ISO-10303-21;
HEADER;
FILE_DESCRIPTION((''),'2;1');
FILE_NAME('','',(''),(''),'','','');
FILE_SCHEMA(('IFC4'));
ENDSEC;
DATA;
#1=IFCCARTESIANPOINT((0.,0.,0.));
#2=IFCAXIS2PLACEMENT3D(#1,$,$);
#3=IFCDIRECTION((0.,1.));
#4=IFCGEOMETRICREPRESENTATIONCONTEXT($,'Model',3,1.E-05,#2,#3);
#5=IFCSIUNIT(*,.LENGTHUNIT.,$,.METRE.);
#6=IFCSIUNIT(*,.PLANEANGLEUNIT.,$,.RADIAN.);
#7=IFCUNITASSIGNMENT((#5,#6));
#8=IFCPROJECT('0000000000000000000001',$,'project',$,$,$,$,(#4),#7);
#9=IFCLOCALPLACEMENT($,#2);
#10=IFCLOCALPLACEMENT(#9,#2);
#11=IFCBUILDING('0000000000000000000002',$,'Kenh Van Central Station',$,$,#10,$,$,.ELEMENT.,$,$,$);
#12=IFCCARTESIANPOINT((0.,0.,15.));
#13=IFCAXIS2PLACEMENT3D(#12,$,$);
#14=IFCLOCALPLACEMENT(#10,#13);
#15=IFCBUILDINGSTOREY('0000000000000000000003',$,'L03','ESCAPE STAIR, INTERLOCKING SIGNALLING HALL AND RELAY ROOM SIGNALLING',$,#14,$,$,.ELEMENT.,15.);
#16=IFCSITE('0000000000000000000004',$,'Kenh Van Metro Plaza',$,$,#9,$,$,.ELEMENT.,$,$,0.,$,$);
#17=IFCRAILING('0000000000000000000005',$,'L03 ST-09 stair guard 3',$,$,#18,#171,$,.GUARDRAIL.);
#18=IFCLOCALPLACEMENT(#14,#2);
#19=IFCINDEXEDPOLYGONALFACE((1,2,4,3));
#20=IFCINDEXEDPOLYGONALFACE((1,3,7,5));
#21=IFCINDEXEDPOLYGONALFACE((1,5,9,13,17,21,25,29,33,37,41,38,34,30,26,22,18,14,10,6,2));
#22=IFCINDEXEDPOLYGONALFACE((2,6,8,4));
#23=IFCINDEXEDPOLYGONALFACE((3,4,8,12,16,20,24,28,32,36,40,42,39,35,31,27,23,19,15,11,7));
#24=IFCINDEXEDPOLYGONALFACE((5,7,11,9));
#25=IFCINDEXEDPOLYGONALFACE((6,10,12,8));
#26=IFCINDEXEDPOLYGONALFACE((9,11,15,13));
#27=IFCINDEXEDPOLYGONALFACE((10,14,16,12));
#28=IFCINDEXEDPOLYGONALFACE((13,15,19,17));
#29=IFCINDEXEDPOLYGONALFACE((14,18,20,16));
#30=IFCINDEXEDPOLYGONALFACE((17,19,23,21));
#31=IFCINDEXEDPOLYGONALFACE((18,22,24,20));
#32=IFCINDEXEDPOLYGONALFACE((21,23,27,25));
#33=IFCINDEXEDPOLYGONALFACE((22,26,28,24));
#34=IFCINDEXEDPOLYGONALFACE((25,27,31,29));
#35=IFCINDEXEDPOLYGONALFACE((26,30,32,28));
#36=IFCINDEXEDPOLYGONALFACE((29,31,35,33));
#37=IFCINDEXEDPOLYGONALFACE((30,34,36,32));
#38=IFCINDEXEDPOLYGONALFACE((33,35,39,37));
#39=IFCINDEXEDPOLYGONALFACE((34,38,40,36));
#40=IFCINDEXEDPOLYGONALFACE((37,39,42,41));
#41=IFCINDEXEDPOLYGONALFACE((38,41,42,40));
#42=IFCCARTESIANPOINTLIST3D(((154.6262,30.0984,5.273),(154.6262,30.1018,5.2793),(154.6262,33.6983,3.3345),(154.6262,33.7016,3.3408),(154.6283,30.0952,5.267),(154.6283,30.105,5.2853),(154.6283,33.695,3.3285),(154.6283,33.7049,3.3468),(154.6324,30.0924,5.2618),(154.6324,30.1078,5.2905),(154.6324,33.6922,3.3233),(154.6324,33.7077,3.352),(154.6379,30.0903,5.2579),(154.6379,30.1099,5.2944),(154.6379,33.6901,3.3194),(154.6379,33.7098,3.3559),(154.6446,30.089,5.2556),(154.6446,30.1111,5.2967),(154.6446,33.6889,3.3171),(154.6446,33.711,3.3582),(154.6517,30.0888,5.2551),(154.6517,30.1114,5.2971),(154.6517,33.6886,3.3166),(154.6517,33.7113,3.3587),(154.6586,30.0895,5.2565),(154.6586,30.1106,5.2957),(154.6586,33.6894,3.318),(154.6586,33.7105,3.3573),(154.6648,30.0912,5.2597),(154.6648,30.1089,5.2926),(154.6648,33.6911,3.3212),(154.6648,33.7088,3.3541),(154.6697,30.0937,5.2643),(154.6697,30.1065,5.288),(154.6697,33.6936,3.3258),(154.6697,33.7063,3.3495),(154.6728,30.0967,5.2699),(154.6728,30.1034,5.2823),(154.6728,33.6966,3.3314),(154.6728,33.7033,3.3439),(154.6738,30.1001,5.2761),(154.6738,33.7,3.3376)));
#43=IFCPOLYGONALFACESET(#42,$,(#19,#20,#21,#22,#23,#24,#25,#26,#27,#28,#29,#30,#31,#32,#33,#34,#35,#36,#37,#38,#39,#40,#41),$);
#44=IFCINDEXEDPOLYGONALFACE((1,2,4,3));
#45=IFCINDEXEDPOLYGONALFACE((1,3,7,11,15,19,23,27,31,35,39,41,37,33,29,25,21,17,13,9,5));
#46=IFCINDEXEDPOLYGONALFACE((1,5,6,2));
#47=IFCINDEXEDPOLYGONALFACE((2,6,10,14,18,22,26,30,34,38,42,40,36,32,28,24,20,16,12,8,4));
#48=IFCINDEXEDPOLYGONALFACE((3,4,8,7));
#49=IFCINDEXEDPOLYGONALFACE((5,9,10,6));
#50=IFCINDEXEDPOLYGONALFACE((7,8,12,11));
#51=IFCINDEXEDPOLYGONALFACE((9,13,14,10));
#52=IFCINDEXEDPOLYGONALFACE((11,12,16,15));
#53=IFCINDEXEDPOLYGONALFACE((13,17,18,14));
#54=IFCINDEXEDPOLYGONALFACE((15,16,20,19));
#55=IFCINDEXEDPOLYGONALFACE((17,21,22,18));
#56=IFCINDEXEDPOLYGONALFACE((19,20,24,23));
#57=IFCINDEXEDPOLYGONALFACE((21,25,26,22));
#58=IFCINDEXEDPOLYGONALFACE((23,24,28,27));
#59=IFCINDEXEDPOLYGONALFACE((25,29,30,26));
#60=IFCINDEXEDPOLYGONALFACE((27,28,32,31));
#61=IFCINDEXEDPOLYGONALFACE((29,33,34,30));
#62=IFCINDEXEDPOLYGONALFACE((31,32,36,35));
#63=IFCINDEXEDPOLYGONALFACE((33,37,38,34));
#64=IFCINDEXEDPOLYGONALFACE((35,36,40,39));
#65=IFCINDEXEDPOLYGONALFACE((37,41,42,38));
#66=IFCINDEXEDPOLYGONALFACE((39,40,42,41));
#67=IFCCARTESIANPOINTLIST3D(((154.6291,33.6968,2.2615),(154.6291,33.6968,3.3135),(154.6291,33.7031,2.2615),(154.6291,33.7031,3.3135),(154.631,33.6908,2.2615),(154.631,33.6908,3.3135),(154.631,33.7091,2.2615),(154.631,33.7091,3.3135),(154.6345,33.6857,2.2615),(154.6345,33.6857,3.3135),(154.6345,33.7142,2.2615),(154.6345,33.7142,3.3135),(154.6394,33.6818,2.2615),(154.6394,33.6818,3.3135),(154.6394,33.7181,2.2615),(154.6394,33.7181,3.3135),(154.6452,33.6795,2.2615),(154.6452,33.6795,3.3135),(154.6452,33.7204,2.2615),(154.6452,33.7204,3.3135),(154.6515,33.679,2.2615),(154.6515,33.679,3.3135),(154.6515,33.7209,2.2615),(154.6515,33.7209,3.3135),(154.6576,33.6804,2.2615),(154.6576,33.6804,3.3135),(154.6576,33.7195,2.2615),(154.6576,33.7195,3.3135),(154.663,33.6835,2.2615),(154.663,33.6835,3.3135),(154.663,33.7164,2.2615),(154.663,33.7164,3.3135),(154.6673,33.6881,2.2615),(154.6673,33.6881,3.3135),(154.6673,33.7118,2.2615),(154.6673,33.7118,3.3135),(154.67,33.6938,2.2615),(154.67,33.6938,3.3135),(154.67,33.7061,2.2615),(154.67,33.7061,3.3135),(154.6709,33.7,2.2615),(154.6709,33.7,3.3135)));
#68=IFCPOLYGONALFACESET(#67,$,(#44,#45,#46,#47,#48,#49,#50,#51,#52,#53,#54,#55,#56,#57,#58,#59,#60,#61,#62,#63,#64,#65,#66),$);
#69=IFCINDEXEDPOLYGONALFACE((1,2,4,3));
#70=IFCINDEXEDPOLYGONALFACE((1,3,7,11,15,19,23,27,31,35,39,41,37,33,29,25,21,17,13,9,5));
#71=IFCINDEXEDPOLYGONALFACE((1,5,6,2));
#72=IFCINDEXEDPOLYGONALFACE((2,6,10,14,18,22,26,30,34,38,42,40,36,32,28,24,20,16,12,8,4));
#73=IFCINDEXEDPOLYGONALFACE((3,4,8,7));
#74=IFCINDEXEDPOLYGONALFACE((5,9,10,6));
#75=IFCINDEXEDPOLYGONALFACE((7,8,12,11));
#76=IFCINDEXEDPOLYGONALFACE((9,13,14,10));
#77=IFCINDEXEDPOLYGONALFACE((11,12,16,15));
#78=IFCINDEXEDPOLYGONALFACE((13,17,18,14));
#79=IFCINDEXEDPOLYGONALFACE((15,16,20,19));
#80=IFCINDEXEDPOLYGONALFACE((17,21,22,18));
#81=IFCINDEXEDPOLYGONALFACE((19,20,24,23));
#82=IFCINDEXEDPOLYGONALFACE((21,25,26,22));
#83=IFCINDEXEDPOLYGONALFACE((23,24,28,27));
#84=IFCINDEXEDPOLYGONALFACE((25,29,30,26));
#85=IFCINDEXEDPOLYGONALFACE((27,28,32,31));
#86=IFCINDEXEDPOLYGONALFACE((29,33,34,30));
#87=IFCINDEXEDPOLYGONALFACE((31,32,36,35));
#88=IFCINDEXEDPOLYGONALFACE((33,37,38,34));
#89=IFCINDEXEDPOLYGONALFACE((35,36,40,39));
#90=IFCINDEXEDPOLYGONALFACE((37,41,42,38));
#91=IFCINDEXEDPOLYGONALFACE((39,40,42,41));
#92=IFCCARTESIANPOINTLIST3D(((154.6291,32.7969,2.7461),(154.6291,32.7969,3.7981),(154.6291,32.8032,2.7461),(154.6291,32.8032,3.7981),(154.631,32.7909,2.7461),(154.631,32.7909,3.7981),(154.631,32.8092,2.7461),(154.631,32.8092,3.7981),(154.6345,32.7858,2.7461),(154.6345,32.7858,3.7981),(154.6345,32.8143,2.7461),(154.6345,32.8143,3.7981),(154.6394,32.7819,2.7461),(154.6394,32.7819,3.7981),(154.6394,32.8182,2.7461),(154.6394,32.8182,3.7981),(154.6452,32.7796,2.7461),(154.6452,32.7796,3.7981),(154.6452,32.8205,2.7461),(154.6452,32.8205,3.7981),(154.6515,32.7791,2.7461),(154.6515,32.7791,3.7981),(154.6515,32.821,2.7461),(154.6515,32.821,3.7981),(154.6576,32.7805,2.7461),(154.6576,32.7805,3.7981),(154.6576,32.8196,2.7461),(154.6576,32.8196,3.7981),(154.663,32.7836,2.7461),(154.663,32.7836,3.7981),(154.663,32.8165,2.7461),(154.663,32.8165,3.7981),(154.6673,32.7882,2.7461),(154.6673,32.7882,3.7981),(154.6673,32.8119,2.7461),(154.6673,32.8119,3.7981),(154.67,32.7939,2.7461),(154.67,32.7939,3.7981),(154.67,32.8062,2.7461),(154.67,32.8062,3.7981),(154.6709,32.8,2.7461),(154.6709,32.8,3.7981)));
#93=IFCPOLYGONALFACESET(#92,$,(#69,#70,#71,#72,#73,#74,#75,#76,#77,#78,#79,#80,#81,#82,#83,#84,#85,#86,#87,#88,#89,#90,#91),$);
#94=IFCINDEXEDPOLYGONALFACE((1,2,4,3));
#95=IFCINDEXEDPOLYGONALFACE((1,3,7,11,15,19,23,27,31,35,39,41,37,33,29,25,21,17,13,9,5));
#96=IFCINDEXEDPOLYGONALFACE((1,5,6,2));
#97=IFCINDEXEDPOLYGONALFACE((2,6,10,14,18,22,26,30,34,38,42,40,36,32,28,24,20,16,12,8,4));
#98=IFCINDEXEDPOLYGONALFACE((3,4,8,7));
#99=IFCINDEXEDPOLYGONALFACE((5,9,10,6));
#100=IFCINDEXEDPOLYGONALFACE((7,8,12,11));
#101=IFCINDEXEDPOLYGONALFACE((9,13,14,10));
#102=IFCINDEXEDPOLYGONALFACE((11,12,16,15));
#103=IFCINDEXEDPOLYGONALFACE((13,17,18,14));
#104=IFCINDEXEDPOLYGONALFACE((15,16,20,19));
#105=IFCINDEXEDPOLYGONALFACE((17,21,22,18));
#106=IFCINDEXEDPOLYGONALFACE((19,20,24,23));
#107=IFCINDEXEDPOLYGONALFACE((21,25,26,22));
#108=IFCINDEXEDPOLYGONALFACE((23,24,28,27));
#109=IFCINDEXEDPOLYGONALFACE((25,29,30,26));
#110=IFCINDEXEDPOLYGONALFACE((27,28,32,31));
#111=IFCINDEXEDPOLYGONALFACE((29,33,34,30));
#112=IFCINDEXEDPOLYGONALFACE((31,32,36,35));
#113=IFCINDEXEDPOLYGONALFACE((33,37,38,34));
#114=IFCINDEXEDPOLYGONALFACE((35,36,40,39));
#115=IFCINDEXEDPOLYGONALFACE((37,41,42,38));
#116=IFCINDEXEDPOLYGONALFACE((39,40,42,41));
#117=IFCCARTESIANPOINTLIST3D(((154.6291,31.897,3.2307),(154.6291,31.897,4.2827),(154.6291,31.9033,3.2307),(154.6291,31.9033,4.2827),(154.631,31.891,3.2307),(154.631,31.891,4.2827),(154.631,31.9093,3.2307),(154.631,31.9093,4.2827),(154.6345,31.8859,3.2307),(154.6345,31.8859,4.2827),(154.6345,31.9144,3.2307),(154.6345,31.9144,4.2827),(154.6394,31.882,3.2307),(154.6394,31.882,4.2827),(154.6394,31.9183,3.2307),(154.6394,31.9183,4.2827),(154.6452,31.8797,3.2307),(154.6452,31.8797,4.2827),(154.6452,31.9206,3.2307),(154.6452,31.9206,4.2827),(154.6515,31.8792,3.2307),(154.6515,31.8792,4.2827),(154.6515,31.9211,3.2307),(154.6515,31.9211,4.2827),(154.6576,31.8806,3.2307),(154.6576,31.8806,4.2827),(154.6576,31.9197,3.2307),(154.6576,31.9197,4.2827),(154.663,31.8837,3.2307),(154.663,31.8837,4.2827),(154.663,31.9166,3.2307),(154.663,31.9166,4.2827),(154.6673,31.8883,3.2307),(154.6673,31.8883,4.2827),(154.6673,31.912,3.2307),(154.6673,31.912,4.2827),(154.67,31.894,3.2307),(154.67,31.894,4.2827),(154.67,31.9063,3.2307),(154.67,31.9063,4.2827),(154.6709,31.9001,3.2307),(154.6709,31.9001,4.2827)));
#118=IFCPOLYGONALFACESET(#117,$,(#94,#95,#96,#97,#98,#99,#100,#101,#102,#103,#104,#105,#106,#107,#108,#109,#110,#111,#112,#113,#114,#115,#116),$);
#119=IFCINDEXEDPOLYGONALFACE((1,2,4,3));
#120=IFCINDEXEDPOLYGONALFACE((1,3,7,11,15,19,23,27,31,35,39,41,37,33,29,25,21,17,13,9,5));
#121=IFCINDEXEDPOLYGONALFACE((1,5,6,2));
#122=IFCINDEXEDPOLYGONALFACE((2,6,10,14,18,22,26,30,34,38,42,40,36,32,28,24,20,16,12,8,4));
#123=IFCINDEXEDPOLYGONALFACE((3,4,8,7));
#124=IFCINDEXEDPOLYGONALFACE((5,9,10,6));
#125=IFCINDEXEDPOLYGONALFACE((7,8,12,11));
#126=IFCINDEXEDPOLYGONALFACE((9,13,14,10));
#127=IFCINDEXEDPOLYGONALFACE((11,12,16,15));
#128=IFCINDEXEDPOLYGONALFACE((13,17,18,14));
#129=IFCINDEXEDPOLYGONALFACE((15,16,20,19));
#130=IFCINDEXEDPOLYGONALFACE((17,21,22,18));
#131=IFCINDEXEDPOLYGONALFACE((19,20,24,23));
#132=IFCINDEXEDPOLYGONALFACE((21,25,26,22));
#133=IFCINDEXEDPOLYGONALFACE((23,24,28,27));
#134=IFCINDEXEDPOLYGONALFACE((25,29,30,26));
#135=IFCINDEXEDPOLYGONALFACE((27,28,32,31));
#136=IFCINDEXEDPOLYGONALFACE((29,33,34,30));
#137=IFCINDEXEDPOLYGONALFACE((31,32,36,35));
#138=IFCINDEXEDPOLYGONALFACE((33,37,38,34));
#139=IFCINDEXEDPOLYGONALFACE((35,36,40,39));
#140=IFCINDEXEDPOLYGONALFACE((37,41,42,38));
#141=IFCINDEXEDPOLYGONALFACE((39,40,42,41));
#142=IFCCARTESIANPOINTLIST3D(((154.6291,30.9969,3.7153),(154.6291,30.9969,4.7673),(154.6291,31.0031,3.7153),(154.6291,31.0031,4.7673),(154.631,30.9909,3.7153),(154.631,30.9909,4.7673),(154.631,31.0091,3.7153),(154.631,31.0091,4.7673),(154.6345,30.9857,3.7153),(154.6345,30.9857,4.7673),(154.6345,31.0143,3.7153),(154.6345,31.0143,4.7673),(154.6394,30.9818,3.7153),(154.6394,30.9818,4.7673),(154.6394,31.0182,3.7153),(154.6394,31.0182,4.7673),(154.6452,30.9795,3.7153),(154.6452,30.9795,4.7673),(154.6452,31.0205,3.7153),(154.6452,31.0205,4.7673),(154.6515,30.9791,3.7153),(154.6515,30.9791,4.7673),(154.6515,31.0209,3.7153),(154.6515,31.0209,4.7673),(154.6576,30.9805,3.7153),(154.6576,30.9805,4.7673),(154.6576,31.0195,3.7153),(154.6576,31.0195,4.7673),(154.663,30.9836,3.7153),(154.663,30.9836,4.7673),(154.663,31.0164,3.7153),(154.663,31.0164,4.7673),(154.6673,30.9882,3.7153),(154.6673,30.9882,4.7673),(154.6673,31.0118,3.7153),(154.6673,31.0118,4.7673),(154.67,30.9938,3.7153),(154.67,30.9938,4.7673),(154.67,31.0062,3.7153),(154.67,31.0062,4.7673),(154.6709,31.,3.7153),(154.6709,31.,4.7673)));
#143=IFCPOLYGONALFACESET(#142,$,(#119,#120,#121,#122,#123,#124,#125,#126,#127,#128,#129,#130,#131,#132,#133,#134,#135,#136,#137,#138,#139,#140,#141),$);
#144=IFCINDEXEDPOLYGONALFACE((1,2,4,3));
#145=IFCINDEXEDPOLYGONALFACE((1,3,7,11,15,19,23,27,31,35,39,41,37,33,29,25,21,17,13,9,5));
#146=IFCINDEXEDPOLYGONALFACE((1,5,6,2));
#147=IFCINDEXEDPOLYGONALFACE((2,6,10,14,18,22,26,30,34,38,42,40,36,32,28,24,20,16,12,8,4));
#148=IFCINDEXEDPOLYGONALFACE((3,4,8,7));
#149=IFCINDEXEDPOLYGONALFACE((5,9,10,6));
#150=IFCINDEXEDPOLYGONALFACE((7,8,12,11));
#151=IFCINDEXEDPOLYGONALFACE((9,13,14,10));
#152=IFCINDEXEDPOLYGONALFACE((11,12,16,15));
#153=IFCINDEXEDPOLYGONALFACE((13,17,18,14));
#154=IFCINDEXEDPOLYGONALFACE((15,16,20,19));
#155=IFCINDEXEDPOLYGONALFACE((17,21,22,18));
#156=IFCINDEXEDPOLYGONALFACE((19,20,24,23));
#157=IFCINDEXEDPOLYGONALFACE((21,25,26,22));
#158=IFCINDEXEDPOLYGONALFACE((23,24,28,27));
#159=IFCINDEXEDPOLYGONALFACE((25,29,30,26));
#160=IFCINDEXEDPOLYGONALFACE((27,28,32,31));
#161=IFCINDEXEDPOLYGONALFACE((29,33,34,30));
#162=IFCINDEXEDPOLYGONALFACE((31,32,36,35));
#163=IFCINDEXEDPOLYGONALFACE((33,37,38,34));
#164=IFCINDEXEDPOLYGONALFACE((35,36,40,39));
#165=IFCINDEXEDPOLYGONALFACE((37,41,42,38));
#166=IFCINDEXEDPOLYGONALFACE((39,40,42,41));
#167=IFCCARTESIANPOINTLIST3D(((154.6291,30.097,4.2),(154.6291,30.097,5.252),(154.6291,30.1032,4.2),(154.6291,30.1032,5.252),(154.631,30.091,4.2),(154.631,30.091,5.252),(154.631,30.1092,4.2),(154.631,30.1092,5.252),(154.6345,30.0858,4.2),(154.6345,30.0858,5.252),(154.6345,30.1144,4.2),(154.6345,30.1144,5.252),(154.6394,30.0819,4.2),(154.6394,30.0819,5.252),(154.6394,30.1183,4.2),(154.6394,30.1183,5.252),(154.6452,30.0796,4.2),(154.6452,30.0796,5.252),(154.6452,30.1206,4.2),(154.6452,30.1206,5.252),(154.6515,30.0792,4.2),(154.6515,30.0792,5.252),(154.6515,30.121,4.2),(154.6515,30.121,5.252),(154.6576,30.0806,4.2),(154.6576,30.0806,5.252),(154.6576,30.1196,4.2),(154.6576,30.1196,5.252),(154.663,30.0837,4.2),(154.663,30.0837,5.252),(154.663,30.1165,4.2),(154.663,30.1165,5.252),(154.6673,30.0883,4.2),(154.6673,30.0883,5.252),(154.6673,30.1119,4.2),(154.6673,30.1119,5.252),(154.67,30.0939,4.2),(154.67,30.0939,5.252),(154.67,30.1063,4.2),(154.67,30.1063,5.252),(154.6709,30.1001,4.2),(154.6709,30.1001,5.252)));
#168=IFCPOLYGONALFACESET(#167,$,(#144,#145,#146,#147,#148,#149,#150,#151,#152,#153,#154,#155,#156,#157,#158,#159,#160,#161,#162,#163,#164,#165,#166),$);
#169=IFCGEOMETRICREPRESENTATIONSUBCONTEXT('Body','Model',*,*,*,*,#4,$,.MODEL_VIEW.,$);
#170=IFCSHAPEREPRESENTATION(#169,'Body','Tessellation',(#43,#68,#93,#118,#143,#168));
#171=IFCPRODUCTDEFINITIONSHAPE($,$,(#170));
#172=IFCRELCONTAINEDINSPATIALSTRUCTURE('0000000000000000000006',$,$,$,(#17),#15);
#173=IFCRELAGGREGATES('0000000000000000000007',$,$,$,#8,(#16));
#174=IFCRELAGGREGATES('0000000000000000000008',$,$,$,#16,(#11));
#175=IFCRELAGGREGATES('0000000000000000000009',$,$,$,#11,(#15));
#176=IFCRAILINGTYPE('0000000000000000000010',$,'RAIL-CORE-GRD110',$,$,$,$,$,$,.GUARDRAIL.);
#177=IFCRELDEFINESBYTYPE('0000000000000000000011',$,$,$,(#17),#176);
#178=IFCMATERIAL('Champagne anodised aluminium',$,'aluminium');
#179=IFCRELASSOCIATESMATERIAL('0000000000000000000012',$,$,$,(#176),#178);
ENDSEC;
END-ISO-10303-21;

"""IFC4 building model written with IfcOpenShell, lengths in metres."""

from ifc_helpers import new_model, si_unit, direction, frame, origin, origin_2d, place, context, subcontext, project, spatial, circle, extrude, material, type_object, element, save


model = new_model("IFC4")

# Units and contexts
model_context = context("Model", 3, precision=1e-05, world=origin(), true_north=direction((0.0, 1.0)))
body_context = subcontext(model_context, "Body", "Model", "MODEL_VIEW")
ifc_project = project(units=[si_unit("LENGTHUNIT", "METRE"), si_unit("PLANEANGLEUNIT", "RADIAN")], contexts=[model_context])

# Site, building, storey
site_placement = place(None, origin())
site = spatial("IfcSite", under=ifc_project, at=site_placement, Name="Kenh Van Metro Plaza", CompositionType="ELEMENT", RefElevation=0.0)
building_placement = place(site_placement, origin())
building = spatial("IfcBuilding", under=site, at=building_placement, Name="Kenh Van Central Station", CompositionType="ELEMENT")
storey_placement = place(building_placement, frame((0.0, 0.0, 15.0)))
storey = spatial("IfcBuildingStorey", under=building, at=storey_placement, Name="L03", Description="ESCAPE STAIR, INTERLOCKING SIGNALLING HALL AND RELAY ROOM SIGNALLING", CompositionType="ELEMENT", Elevation=15.0)

# Shared definitions
ifc_material_1 = material(Name="Champagne anodised aluminium", Category="aluminium")

# Railing
railing_type_1 = type_object("IfcRailingType", Name="RAIL-CORE-GRD110", PredefinedType="GUARDRAIL", material=ifc_material_1)
railing_1_placement = place(storey_placement, frame((154.6499, 33.7, 2.2615)))
element("IfcRailing", 1, at=railing_1_placement, inside=storey, type_object=railing_type_1, Name="L03 ST-09 stair guard 3", PredefinedType="GUARDRAIL", context=body_context, shape_type="SweptSolid", body=[
    extrude(circle(Radius=0.0239, at=origin_2d()), frame((0.0, 0.0, 1.0762), z_axis=(0.0, -0.880462, 0.474118), x_axis=(1.0, 0.0, 0.0)), (0.0, 0.0, 1.0), 4.0886),
    extrude(circle(Radius=0.021, at=origin_2d()), origin(), (0.0, 0.0, 1.0), 1.052),
    extrude(circle(Radius=0.021, at=origin_2d()), frame((0.0, -0.8999, 0.4846)), (0.0, 0.0, 1.0), 1.052),
    extrude(circle(Radius=0.021, at=origin_2d()), frame((0.0, -1.7998, 0.9692)), (0.0, 0.0, 1.0), 1.052),
    extrude(circle(Radius=0.021, at=origin_2d()), frame((0.0, -2.7, 1.4539)), (0.0, 0.0, 1.0), 1.052),
    extrude(circle(Radius=0.021, at=origin_2d()), frame((0.0, -3.5999, 1.9385)), (0.0, 0.0, 1.0), 1.052),
])

save(model, "model.ifc")
